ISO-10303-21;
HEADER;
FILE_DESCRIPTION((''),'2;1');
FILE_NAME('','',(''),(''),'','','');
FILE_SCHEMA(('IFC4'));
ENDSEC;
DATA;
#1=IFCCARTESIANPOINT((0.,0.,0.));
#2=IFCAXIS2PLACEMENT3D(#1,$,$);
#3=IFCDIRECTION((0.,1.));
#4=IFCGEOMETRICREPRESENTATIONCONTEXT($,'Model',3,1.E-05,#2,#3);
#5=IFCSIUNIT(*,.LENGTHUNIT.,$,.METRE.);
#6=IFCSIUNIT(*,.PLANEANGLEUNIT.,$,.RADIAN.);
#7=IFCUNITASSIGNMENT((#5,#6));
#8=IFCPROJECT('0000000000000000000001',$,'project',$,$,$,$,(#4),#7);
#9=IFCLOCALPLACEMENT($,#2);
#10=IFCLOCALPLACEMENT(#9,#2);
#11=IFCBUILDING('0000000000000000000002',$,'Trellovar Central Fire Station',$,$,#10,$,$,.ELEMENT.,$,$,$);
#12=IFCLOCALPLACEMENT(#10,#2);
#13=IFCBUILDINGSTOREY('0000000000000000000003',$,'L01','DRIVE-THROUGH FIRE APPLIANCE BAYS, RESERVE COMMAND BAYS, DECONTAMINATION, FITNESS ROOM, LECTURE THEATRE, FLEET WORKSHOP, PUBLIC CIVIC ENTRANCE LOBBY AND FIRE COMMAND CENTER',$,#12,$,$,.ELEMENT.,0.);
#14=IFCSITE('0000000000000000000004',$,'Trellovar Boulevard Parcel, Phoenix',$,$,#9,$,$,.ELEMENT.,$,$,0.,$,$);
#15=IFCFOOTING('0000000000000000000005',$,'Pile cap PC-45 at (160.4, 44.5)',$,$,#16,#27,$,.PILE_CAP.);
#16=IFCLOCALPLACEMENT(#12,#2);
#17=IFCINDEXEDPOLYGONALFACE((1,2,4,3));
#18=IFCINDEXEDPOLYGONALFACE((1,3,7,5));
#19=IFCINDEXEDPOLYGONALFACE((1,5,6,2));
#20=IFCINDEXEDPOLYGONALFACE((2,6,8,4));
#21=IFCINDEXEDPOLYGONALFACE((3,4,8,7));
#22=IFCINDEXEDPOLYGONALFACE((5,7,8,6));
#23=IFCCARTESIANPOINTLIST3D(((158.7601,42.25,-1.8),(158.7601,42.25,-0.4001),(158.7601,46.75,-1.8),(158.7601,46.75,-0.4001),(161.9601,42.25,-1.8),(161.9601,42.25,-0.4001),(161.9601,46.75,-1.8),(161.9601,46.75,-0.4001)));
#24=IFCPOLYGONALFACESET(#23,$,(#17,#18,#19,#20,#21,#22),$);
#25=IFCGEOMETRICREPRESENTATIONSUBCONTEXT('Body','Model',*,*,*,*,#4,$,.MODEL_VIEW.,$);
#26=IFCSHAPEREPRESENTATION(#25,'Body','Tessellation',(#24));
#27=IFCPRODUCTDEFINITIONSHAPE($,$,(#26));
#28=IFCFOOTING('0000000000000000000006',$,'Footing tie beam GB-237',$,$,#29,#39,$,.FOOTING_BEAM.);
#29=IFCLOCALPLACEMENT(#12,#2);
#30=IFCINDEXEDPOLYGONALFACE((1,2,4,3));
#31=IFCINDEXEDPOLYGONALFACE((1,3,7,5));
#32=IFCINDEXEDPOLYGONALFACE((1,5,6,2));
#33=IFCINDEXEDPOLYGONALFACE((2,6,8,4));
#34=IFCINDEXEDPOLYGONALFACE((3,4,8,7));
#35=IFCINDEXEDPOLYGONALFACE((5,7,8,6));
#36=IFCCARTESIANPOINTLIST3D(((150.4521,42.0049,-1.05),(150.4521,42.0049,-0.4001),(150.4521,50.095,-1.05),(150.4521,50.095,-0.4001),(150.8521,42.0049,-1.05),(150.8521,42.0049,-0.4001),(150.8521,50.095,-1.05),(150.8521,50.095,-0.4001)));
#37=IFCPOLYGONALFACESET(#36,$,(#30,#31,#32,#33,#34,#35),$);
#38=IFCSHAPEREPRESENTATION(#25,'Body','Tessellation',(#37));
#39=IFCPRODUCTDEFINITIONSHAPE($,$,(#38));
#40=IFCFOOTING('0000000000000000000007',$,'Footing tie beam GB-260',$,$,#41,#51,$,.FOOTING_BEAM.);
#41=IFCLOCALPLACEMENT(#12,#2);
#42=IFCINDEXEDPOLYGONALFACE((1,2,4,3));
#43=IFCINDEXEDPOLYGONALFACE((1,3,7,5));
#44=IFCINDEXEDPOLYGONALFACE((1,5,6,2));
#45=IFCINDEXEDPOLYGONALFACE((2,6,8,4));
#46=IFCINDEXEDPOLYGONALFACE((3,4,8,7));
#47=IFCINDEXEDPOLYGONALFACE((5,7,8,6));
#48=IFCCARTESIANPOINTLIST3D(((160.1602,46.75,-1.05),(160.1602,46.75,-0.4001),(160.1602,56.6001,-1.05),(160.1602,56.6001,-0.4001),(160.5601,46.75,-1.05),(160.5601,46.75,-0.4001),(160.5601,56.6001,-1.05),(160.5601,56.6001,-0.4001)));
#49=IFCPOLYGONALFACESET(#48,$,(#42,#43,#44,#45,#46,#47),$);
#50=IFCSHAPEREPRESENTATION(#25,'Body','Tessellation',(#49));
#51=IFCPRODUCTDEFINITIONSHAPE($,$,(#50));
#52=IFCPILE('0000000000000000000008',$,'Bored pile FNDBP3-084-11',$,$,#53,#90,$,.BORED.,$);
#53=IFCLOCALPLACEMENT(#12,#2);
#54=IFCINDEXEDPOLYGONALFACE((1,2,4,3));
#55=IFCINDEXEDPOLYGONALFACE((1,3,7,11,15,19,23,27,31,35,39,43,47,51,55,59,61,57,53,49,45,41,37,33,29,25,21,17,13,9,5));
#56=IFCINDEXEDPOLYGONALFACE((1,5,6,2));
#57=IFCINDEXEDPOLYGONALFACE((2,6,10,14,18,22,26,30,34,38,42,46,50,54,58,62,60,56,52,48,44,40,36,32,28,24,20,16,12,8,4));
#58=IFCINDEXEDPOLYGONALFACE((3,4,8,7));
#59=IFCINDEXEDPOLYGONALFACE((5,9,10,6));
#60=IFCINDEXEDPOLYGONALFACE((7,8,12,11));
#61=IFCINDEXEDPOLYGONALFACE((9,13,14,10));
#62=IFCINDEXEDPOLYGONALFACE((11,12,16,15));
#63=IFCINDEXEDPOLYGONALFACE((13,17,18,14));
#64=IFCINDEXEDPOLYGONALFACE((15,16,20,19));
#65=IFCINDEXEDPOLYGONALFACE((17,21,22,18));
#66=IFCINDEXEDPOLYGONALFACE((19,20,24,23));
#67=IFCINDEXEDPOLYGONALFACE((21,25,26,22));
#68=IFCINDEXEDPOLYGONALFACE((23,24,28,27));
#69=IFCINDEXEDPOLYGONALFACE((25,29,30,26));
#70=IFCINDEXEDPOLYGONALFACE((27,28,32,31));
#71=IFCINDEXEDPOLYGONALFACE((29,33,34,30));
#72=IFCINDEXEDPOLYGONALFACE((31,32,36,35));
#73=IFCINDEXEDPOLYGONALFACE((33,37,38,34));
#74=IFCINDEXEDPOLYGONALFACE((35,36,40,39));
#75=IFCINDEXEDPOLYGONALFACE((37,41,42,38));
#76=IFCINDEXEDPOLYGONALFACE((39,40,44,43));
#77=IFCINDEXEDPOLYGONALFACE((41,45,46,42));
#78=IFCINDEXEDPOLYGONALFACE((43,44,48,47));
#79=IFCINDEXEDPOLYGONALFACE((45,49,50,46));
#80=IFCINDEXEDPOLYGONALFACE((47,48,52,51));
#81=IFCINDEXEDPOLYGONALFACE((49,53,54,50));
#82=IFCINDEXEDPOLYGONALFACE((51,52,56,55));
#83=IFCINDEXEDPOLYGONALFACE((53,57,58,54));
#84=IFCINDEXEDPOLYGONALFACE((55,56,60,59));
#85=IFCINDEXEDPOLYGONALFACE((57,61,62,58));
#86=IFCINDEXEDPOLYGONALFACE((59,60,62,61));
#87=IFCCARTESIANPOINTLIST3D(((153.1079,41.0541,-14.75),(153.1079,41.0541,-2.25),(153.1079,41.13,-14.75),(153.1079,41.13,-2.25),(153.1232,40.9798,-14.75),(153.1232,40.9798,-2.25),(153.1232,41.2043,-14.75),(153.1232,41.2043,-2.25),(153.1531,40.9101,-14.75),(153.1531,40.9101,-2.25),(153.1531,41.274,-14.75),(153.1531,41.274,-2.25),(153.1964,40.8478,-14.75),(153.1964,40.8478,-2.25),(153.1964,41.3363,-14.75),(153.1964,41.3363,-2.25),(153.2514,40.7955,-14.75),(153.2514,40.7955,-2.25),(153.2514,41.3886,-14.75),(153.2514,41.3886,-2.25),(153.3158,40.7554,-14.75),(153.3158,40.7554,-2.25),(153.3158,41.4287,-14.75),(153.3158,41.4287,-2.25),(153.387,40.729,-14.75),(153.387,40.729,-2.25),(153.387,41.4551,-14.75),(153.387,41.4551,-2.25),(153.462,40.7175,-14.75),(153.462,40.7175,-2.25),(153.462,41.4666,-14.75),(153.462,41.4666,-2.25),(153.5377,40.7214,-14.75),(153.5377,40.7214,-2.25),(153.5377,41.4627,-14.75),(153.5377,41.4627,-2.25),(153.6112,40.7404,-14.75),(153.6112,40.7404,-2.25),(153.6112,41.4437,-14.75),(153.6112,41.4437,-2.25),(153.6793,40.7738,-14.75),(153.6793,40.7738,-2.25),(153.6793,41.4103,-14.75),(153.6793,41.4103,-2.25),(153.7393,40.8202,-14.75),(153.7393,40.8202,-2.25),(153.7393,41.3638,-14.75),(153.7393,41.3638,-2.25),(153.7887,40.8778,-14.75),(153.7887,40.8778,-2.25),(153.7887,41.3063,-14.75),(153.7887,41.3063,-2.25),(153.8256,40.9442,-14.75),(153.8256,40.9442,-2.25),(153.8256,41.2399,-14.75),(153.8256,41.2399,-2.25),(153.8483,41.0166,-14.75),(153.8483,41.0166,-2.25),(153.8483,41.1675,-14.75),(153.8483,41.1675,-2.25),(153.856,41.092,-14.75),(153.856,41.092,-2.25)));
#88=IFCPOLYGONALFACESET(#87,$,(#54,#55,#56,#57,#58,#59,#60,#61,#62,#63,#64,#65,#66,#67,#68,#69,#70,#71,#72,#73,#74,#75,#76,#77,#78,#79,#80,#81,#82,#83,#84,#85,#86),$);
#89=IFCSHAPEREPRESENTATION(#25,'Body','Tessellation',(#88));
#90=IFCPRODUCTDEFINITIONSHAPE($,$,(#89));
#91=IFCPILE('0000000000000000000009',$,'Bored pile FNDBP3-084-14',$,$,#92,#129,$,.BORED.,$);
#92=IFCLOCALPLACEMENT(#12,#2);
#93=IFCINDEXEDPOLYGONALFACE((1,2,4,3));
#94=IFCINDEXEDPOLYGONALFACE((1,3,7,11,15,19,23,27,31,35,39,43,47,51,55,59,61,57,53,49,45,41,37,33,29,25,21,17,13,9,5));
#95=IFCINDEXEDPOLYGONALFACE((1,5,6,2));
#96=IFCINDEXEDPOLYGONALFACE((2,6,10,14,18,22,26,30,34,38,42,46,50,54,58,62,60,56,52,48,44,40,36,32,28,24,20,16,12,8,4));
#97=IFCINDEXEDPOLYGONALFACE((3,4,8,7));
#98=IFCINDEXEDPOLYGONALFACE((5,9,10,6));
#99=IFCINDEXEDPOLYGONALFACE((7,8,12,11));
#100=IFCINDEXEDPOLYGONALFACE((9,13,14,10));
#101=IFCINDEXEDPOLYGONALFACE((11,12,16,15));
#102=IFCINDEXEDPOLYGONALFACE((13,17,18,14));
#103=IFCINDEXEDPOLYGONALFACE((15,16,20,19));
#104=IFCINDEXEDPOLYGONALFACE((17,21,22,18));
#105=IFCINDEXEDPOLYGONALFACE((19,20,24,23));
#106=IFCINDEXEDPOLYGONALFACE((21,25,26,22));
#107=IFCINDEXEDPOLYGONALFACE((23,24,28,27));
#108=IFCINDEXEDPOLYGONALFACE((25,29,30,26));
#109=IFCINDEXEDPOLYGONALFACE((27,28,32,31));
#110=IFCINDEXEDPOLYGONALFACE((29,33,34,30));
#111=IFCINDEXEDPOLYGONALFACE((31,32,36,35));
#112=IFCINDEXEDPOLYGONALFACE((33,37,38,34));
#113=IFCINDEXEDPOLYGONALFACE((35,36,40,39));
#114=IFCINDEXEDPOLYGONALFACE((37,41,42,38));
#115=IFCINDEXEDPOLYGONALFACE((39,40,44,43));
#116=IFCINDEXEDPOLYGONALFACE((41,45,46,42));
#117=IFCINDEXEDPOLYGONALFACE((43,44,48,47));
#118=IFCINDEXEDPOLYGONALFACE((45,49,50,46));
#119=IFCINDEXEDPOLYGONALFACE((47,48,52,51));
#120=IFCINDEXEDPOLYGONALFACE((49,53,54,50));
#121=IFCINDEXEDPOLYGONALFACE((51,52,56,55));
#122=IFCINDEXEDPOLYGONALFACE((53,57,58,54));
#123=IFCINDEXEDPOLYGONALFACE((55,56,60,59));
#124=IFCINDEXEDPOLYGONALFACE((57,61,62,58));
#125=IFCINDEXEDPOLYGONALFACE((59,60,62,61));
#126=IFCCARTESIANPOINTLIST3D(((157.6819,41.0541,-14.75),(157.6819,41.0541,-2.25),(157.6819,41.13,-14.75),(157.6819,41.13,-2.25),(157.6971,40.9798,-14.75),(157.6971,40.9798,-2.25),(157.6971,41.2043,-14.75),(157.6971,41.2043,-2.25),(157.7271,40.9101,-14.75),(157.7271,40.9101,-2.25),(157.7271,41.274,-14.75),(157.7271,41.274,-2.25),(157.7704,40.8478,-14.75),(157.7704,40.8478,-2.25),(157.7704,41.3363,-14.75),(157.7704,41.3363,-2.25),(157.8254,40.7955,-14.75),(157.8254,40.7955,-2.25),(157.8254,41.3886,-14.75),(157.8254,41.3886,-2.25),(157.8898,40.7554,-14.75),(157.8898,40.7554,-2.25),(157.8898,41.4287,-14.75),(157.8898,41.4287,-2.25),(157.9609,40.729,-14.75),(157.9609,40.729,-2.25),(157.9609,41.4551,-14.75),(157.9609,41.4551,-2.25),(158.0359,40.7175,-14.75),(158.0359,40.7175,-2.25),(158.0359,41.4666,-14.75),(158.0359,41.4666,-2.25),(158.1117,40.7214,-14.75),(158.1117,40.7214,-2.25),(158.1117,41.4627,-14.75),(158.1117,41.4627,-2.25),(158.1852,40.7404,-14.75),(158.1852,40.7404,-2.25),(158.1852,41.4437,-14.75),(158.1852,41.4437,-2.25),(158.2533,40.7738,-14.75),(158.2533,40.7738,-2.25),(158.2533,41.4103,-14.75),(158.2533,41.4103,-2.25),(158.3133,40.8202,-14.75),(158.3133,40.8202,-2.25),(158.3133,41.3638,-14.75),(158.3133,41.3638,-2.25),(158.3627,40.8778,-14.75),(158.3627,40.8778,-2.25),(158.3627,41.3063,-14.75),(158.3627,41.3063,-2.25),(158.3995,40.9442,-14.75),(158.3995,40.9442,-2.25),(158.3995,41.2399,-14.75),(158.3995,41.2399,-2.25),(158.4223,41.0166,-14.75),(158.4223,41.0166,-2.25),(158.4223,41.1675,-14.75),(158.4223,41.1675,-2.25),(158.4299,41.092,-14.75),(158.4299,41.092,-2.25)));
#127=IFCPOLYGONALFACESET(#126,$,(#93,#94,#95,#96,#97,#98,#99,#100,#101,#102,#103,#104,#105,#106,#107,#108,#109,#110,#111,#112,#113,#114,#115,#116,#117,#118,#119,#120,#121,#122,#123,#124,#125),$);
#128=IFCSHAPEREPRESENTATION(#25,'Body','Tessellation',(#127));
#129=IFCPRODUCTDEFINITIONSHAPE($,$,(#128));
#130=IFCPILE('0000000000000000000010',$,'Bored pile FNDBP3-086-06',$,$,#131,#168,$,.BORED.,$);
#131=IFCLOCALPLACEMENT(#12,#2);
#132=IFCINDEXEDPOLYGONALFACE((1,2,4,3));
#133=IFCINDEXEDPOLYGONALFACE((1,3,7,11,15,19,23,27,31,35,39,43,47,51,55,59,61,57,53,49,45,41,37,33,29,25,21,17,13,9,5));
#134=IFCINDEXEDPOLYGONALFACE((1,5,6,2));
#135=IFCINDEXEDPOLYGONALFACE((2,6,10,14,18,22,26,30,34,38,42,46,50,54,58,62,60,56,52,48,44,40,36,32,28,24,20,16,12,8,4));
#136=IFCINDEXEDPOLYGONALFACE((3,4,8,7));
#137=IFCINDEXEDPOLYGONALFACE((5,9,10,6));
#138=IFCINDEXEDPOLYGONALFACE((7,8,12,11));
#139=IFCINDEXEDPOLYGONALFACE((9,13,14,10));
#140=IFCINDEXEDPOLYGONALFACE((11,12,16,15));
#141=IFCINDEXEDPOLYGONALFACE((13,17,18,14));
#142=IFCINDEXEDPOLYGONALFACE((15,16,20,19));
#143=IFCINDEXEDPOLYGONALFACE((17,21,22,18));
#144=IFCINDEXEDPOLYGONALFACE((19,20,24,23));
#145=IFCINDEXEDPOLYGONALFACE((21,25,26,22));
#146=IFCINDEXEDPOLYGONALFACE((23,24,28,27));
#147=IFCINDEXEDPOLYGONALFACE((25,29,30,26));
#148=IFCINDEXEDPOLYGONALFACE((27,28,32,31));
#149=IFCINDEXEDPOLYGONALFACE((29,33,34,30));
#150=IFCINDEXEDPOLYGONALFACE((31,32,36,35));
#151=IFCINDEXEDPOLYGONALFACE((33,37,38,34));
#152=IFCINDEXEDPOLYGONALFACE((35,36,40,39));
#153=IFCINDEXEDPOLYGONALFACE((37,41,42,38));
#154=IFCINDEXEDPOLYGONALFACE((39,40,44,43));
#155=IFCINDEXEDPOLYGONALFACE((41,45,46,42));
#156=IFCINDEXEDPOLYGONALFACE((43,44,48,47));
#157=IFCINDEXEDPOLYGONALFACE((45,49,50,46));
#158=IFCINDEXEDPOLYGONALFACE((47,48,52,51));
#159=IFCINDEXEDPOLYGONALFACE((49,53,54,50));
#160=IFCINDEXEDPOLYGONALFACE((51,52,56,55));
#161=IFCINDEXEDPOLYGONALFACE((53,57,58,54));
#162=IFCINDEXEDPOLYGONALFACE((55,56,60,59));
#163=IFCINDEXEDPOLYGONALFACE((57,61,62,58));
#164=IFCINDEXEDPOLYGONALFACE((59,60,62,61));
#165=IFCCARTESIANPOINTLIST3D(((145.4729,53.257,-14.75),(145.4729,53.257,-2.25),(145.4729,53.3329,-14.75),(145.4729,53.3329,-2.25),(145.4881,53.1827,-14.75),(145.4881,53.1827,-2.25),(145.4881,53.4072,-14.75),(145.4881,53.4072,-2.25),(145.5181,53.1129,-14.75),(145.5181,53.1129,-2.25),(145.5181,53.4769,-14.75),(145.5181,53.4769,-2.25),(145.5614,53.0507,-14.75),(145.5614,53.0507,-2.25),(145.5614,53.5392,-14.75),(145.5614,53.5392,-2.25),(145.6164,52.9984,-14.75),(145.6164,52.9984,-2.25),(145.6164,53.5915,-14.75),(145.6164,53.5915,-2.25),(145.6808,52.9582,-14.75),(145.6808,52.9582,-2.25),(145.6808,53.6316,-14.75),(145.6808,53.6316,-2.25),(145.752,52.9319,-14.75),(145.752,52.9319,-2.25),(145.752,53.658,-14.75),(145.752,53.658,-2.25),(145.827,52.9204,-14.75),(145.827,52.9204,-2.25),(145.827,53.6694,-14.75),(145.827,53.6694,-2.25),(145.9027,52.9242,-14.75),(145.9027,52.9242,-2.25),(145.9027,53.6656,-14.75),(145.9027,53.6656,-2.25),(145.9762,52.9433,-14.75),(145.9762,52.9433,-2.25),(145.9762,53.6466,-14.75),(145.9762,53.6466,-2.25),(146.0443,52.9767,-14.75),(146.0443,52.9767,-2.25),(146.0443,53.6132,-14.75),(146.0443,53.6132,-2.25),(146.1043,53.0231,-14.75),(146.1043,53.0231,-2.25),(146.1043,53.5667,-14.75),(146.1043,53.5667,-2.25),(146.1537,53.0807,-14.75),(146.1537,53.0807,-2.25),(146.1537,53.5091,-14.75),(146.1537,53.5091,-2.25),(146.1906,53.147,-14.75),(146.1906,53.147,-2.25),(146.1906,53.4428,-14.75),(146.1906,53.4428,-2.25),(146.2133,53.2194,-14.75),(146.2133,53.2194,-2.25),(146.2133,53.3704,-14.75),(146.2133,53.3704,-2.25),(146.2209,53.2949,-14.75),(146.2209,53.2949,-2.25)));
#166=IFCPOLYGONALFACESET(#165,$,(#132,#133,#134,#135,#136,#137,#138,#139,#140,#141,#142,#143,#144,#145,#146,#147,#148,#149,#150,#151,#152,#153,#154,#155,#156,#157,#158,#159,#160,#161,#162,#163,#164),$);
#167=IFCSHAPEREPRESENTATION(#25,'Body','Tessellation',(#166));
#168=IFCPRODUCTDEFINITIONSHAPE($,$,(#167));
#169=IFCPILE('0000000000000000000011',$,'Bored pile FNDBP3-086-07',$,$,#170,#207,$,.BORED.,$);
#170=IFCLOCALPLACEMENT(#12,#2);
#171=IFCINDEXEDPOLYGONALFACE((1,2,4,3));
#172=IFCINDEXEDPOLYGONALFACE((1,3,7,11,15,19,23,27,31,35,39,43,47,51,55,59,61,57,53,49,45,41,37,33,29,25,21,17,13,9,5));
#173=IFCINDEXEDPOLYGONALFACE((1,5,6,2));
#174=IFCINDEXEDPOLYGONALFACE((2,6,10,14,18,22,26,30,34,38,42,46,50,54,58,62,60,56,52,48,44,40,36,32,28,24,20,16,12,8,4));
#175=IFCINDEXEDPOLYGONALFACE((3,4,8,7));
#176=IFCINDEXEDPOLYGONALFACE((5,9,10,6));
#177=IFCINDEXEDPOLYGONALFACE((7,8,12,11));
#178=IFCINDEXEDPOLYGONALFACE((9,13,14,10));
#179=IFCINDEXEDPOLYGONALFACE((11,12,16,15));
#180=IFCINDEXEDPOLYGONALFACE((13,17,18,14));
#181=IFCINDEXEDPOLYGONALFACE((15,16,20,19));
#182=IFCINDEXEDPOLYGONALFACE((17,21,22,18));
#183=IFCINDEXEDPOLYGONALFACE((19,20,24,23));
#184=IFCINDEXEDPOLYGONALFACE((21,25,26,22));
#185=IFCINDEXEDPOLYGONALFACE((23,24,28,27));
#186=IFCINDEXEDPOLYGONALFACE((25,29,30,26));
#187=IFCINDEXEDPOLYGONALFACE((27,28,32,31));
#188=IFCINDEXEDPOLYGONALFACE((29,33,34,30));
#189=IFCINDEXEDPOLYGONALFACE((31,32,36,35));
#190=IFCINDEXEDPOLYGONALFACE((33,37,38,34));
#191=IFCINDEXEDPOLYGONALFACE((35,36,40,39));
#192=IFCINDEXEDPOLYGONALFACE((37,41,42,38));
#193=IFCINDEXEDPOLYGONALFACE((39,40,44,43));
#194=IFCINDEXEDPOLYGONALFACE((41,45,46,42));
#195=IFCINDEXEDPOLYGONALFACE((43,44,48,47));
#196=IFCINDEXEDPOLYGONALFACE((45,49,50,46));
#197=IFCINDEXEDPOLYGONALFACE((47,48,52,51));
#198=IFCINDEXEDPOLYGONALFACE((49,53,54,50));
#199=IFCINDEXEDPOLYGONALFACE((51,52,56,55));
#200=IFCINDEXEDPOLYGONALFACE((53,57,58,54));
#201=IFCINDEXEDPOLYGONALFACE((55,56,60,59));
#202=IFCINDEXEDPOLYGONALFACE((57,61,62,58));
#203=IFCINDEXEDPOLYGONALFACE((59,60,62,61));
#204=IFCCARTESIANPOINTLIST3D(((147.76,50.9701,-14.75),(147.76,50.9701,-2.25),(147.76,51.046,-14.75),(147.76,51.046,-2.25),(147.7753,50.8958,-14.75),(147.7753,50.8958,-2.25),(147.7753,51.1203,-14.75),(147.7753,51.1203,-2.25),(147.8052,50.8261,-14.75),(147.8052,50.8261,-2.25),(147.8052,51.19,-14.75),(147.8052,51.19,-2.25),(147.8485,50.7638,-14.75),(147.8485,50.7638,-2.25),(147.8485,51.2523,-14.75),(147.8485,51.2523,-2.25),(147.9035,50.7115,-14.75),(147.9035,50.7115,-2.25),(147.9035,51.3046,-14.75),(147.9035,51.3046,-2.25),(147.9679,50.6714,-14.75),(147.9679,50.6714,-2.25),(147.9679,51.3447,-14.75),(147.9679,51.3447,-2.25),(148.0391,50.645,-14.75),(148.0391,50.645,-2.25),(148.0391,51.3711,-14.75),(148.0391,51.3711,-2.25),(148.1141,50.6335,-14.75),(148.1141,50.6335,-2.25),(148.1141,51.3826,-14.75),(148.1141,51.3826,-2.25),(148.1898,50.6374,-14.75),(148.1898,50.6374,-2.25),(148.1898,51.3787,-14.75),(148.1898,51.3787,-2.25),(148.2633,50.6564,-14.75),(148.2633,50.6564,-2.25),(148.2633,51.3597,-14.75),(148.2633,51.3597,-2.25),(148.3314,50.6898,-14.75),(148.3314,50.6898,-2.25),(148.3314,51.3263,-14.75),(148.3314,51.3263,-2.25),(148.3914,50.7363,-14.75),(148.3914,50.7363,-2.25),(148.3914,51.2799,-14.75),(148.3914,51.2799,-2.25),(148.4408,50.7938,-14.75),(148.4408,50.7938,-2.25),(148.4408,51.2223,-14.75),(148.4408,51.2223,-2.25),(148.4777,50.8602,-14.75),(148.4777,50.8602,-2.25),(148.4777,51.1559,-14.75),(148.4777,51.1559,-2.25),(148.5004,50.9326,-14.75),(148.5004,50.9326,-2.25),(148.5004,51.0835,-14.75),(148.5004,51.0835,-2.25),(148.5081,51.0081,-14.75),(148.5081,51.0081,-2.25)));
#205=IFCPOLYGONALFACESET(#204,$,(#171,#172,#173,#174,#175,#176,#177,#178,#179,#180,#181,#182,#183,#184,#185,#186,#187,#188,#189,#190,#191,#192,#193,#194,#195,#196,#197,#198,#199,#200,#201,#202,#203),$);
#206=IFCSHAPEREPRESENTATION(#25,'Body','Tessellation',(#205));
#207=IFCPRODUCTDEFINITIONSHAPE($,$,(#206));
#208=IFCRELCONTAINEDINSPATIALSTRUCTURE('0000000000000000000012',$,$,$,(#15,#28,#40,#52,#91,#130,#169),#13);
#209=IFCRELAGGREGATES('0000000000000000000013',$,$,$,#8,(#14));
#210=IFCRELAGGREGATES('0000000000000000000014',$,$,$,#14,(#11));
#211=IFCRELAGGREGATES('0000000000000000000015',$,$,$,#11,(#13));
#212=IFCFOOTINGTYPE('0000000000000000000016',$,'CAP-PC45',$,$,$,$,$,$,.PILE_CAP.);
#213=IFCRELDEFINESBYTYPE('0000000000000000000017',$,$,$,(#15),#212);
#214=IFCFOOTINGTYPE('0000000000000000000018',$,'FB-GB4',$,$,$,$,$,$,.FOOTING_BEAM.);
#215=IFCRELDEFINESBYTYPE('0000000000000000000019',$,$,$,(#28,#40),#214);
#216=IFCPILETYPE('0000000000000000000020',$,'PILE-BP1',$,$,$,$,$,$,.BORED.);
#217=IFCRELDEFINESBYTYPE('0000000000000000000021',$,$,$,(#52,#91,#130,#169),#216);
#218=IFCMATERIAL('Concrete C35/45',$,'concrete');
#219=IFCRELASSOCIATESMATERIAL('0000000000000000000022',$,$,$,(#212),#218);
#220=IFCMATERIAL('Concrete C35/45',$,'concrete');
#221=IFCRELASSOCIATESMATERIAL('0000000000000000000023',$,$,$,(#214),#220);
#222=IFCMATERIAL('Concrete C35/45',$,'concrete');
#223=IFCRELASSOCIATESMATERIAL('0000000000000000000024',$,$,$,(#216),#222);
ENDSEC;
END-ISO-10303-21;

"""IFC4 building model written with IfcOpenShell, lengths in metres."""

from ifc_helpers import new_model, si_unit, direction, frame, origin, origin_2d, place, context, subcontext, project, spatial, rectangle, circle, extrude, material, material_profile, profile_set, type_object, element, save


model = new_model("IFC4")

# Units and contexts
model_context = context("Model", 3, precision=1e-05, world=origin(), true_north=direction((0.0, 1.0)))
body_context = subcontext(model_context, "Body", "Model", "MODEL_VIEW")
ifc_project = project(units=[si_unit("LENGTHUNIT", "METRE"), si_unit("PLANEANGLEUNIT", "RADIAN")], contexts=[model_context])

# Site, building, storey
site_placement = place(None, origin())
site = spatial("IfcSite", under=ifc_project, at=site_placement, Name="Trellovar Boulevard Parcel, Phoenix", CompositionType="ELEMENT", RefElevation=0.0)
building_placement = place(site_placement, origin())
building = spatial("IfcBuilding", under=site, at=building_placement, Name="Trellovar Central Fire Station", CompositionType="ELEMENT")
storey_placement = place(building_placement, origin())
storey = spatial("IfcBuildingStorey", under=building, at=storey_placement, Name="L01", Description="DRIVE-THROUGH FIRE APPLIANCE BAYS, RESERVE COMMAND BAYS, DECONTAMINATION, FITNESS ROOM, LECTURE THEATRE, FLEET WORKSHOP, PUBLIC CIVIC ENTRANCE LOBBY AND FIRE COMMAND CENTER", CompositionType="ELEMENT", Elevation=0.0)

# Footings
ifc_material_1 = material(Name="Concrete C35/45", Category="concrete")
footing_type_1 = type_object("IfcFootingType", Name="CAP-PC45", PredefinedType="PILE_CAP", material=ifc_material_1)
footing_1_placement = place(storey_placement, frame((160.3601, 44.5, -1.8), z_axis=(0.0, 0.0, 1.0), x_axis=(1.0, 0.0, 0.0)))
element("IfcFooting", 1, at=footing_1_placement, inside=storey, type_object=footing_type_1, Name="Pile cap PC-45 at (160.4, 44.5)", PredefinedType="PILE_CAP", context=body_context, shape_type="SweptSolid", body=[
    extrude(rectangle(XDim=3.2, YDim=4.5, at=origin_2d()), origin(), (0.0, 0.0, 1.0), 1.3999),
])
ifc_material_2 = material(Name="Concrete C35/45", Category="concrete")
ifc_material_profile_1 = material_profile(ifc_material_2, rectangle(XDim=0.3999, YDim=0.6499, at=origin_2d()), Name="RC400X650")
ifc_profile_set_1 = profile_set([ifc_material_profile_1], Name="Concrete C35/45")
footing_type_2 = type_object("IfcFootingType", Name="FB-GB4", PredefinedType="FOOTING_BEAM", material=ifc_profile_set_1)
footing_2_placement = place(storey_placement, frame((150.6521, 42.0049, -0.7251), z_axis=(0.0, 1.0, 0.0), x_axis=(-1.0, 0.0, 0.0)))
element("IfcFooting", 2, at=footing_2_placement, inside=storey, type_object=footing_type_2, Name="Footing tie beam GB-237", PredefinedType="FOOTING_BEAM", context=body_context, shape_type="SweptSolid", body=[
    extrude(rectangle(XDim=0.3999, YDim=0.6499, at=origin_2d()), origin(), (0.0, 0.0, 1.0), 8.0901),
])
footing_3_placement = place(storey_placement, frame((160.3601, 46.75, -0.7251), z_axis=(0.0, 1.0, 0.0), x_axis=(-1.0, 0.0, 0.0)))
element("IfcFooting", 3, at=footing_3_placement, inside=storey, type_object=footing_type_2, Name="Footing tie beam GB-260", PredefinedType="FOOTING_BEAM", context=body_context, shape_type="SweptSolid", body=[
    extrude(rectangle(XDim=0.3999, YDim=0.6499, at=origin_2d()), origin(), (0.0, 0.0, 1.0), 9.8501),
])

# Piles
ifc_material_3 = material(Name="Concrete C35/45", Category="concrete")
ifc_material_profile_2 = material_profile(ifc_material_3, circle(Radius=0.375, at=origin_2d()), Name="PILE750")
ifc_profile_set_2 = profile_set([ifc_material_profile_2], Name="Concrete C35/45")
pile_type_1 = type_object("IfcPileType", Name="PILE-BP1", PredefinedType="BORED", material=ifc_profile_set_2)
for number, where, z_axis, x_axis, name in (
    (4, (153.481, 41.092, -2.25), (0.0, 0.0, -1.0), (1.0, 0.0, 0.0), "Bored pile FNDBP3-084-11"),
    (5, (158.0549, 41.092, -2.25), (0.0, 0.0, -1.0), (1.0, 0.0, 0.0), "Bored pile FNDBP3-084-14"),
    (6, (145.8459, 53.2949, -2.25), (0.0, 0.0, -1.0), (1.0, 0.0, 0.0), "Bored pile FNDBP3-086-06"),
    (7, (148.1331, 51.0081, -2.25), (0.0, 0.0, -1.0), (1.0, 0.0, 0.0), "Bored pile FNDBP3-086-07"),
):
    element("IfcPile", number, at=place(storey_placement, frame(where, z_axis=z_axis, x_axis=x_axis)), inside=storey, type_object=pile_type_1, Name=name, PredefinedType="BORED", context=body_context, shape_type="SweptSolid", body=[
        extrude(circle(Radius=0.375, at=origin_2d()), origin(), (0.0, 0.0, 1.0), 12.5),
    ])

save(model, "model.ifc")
